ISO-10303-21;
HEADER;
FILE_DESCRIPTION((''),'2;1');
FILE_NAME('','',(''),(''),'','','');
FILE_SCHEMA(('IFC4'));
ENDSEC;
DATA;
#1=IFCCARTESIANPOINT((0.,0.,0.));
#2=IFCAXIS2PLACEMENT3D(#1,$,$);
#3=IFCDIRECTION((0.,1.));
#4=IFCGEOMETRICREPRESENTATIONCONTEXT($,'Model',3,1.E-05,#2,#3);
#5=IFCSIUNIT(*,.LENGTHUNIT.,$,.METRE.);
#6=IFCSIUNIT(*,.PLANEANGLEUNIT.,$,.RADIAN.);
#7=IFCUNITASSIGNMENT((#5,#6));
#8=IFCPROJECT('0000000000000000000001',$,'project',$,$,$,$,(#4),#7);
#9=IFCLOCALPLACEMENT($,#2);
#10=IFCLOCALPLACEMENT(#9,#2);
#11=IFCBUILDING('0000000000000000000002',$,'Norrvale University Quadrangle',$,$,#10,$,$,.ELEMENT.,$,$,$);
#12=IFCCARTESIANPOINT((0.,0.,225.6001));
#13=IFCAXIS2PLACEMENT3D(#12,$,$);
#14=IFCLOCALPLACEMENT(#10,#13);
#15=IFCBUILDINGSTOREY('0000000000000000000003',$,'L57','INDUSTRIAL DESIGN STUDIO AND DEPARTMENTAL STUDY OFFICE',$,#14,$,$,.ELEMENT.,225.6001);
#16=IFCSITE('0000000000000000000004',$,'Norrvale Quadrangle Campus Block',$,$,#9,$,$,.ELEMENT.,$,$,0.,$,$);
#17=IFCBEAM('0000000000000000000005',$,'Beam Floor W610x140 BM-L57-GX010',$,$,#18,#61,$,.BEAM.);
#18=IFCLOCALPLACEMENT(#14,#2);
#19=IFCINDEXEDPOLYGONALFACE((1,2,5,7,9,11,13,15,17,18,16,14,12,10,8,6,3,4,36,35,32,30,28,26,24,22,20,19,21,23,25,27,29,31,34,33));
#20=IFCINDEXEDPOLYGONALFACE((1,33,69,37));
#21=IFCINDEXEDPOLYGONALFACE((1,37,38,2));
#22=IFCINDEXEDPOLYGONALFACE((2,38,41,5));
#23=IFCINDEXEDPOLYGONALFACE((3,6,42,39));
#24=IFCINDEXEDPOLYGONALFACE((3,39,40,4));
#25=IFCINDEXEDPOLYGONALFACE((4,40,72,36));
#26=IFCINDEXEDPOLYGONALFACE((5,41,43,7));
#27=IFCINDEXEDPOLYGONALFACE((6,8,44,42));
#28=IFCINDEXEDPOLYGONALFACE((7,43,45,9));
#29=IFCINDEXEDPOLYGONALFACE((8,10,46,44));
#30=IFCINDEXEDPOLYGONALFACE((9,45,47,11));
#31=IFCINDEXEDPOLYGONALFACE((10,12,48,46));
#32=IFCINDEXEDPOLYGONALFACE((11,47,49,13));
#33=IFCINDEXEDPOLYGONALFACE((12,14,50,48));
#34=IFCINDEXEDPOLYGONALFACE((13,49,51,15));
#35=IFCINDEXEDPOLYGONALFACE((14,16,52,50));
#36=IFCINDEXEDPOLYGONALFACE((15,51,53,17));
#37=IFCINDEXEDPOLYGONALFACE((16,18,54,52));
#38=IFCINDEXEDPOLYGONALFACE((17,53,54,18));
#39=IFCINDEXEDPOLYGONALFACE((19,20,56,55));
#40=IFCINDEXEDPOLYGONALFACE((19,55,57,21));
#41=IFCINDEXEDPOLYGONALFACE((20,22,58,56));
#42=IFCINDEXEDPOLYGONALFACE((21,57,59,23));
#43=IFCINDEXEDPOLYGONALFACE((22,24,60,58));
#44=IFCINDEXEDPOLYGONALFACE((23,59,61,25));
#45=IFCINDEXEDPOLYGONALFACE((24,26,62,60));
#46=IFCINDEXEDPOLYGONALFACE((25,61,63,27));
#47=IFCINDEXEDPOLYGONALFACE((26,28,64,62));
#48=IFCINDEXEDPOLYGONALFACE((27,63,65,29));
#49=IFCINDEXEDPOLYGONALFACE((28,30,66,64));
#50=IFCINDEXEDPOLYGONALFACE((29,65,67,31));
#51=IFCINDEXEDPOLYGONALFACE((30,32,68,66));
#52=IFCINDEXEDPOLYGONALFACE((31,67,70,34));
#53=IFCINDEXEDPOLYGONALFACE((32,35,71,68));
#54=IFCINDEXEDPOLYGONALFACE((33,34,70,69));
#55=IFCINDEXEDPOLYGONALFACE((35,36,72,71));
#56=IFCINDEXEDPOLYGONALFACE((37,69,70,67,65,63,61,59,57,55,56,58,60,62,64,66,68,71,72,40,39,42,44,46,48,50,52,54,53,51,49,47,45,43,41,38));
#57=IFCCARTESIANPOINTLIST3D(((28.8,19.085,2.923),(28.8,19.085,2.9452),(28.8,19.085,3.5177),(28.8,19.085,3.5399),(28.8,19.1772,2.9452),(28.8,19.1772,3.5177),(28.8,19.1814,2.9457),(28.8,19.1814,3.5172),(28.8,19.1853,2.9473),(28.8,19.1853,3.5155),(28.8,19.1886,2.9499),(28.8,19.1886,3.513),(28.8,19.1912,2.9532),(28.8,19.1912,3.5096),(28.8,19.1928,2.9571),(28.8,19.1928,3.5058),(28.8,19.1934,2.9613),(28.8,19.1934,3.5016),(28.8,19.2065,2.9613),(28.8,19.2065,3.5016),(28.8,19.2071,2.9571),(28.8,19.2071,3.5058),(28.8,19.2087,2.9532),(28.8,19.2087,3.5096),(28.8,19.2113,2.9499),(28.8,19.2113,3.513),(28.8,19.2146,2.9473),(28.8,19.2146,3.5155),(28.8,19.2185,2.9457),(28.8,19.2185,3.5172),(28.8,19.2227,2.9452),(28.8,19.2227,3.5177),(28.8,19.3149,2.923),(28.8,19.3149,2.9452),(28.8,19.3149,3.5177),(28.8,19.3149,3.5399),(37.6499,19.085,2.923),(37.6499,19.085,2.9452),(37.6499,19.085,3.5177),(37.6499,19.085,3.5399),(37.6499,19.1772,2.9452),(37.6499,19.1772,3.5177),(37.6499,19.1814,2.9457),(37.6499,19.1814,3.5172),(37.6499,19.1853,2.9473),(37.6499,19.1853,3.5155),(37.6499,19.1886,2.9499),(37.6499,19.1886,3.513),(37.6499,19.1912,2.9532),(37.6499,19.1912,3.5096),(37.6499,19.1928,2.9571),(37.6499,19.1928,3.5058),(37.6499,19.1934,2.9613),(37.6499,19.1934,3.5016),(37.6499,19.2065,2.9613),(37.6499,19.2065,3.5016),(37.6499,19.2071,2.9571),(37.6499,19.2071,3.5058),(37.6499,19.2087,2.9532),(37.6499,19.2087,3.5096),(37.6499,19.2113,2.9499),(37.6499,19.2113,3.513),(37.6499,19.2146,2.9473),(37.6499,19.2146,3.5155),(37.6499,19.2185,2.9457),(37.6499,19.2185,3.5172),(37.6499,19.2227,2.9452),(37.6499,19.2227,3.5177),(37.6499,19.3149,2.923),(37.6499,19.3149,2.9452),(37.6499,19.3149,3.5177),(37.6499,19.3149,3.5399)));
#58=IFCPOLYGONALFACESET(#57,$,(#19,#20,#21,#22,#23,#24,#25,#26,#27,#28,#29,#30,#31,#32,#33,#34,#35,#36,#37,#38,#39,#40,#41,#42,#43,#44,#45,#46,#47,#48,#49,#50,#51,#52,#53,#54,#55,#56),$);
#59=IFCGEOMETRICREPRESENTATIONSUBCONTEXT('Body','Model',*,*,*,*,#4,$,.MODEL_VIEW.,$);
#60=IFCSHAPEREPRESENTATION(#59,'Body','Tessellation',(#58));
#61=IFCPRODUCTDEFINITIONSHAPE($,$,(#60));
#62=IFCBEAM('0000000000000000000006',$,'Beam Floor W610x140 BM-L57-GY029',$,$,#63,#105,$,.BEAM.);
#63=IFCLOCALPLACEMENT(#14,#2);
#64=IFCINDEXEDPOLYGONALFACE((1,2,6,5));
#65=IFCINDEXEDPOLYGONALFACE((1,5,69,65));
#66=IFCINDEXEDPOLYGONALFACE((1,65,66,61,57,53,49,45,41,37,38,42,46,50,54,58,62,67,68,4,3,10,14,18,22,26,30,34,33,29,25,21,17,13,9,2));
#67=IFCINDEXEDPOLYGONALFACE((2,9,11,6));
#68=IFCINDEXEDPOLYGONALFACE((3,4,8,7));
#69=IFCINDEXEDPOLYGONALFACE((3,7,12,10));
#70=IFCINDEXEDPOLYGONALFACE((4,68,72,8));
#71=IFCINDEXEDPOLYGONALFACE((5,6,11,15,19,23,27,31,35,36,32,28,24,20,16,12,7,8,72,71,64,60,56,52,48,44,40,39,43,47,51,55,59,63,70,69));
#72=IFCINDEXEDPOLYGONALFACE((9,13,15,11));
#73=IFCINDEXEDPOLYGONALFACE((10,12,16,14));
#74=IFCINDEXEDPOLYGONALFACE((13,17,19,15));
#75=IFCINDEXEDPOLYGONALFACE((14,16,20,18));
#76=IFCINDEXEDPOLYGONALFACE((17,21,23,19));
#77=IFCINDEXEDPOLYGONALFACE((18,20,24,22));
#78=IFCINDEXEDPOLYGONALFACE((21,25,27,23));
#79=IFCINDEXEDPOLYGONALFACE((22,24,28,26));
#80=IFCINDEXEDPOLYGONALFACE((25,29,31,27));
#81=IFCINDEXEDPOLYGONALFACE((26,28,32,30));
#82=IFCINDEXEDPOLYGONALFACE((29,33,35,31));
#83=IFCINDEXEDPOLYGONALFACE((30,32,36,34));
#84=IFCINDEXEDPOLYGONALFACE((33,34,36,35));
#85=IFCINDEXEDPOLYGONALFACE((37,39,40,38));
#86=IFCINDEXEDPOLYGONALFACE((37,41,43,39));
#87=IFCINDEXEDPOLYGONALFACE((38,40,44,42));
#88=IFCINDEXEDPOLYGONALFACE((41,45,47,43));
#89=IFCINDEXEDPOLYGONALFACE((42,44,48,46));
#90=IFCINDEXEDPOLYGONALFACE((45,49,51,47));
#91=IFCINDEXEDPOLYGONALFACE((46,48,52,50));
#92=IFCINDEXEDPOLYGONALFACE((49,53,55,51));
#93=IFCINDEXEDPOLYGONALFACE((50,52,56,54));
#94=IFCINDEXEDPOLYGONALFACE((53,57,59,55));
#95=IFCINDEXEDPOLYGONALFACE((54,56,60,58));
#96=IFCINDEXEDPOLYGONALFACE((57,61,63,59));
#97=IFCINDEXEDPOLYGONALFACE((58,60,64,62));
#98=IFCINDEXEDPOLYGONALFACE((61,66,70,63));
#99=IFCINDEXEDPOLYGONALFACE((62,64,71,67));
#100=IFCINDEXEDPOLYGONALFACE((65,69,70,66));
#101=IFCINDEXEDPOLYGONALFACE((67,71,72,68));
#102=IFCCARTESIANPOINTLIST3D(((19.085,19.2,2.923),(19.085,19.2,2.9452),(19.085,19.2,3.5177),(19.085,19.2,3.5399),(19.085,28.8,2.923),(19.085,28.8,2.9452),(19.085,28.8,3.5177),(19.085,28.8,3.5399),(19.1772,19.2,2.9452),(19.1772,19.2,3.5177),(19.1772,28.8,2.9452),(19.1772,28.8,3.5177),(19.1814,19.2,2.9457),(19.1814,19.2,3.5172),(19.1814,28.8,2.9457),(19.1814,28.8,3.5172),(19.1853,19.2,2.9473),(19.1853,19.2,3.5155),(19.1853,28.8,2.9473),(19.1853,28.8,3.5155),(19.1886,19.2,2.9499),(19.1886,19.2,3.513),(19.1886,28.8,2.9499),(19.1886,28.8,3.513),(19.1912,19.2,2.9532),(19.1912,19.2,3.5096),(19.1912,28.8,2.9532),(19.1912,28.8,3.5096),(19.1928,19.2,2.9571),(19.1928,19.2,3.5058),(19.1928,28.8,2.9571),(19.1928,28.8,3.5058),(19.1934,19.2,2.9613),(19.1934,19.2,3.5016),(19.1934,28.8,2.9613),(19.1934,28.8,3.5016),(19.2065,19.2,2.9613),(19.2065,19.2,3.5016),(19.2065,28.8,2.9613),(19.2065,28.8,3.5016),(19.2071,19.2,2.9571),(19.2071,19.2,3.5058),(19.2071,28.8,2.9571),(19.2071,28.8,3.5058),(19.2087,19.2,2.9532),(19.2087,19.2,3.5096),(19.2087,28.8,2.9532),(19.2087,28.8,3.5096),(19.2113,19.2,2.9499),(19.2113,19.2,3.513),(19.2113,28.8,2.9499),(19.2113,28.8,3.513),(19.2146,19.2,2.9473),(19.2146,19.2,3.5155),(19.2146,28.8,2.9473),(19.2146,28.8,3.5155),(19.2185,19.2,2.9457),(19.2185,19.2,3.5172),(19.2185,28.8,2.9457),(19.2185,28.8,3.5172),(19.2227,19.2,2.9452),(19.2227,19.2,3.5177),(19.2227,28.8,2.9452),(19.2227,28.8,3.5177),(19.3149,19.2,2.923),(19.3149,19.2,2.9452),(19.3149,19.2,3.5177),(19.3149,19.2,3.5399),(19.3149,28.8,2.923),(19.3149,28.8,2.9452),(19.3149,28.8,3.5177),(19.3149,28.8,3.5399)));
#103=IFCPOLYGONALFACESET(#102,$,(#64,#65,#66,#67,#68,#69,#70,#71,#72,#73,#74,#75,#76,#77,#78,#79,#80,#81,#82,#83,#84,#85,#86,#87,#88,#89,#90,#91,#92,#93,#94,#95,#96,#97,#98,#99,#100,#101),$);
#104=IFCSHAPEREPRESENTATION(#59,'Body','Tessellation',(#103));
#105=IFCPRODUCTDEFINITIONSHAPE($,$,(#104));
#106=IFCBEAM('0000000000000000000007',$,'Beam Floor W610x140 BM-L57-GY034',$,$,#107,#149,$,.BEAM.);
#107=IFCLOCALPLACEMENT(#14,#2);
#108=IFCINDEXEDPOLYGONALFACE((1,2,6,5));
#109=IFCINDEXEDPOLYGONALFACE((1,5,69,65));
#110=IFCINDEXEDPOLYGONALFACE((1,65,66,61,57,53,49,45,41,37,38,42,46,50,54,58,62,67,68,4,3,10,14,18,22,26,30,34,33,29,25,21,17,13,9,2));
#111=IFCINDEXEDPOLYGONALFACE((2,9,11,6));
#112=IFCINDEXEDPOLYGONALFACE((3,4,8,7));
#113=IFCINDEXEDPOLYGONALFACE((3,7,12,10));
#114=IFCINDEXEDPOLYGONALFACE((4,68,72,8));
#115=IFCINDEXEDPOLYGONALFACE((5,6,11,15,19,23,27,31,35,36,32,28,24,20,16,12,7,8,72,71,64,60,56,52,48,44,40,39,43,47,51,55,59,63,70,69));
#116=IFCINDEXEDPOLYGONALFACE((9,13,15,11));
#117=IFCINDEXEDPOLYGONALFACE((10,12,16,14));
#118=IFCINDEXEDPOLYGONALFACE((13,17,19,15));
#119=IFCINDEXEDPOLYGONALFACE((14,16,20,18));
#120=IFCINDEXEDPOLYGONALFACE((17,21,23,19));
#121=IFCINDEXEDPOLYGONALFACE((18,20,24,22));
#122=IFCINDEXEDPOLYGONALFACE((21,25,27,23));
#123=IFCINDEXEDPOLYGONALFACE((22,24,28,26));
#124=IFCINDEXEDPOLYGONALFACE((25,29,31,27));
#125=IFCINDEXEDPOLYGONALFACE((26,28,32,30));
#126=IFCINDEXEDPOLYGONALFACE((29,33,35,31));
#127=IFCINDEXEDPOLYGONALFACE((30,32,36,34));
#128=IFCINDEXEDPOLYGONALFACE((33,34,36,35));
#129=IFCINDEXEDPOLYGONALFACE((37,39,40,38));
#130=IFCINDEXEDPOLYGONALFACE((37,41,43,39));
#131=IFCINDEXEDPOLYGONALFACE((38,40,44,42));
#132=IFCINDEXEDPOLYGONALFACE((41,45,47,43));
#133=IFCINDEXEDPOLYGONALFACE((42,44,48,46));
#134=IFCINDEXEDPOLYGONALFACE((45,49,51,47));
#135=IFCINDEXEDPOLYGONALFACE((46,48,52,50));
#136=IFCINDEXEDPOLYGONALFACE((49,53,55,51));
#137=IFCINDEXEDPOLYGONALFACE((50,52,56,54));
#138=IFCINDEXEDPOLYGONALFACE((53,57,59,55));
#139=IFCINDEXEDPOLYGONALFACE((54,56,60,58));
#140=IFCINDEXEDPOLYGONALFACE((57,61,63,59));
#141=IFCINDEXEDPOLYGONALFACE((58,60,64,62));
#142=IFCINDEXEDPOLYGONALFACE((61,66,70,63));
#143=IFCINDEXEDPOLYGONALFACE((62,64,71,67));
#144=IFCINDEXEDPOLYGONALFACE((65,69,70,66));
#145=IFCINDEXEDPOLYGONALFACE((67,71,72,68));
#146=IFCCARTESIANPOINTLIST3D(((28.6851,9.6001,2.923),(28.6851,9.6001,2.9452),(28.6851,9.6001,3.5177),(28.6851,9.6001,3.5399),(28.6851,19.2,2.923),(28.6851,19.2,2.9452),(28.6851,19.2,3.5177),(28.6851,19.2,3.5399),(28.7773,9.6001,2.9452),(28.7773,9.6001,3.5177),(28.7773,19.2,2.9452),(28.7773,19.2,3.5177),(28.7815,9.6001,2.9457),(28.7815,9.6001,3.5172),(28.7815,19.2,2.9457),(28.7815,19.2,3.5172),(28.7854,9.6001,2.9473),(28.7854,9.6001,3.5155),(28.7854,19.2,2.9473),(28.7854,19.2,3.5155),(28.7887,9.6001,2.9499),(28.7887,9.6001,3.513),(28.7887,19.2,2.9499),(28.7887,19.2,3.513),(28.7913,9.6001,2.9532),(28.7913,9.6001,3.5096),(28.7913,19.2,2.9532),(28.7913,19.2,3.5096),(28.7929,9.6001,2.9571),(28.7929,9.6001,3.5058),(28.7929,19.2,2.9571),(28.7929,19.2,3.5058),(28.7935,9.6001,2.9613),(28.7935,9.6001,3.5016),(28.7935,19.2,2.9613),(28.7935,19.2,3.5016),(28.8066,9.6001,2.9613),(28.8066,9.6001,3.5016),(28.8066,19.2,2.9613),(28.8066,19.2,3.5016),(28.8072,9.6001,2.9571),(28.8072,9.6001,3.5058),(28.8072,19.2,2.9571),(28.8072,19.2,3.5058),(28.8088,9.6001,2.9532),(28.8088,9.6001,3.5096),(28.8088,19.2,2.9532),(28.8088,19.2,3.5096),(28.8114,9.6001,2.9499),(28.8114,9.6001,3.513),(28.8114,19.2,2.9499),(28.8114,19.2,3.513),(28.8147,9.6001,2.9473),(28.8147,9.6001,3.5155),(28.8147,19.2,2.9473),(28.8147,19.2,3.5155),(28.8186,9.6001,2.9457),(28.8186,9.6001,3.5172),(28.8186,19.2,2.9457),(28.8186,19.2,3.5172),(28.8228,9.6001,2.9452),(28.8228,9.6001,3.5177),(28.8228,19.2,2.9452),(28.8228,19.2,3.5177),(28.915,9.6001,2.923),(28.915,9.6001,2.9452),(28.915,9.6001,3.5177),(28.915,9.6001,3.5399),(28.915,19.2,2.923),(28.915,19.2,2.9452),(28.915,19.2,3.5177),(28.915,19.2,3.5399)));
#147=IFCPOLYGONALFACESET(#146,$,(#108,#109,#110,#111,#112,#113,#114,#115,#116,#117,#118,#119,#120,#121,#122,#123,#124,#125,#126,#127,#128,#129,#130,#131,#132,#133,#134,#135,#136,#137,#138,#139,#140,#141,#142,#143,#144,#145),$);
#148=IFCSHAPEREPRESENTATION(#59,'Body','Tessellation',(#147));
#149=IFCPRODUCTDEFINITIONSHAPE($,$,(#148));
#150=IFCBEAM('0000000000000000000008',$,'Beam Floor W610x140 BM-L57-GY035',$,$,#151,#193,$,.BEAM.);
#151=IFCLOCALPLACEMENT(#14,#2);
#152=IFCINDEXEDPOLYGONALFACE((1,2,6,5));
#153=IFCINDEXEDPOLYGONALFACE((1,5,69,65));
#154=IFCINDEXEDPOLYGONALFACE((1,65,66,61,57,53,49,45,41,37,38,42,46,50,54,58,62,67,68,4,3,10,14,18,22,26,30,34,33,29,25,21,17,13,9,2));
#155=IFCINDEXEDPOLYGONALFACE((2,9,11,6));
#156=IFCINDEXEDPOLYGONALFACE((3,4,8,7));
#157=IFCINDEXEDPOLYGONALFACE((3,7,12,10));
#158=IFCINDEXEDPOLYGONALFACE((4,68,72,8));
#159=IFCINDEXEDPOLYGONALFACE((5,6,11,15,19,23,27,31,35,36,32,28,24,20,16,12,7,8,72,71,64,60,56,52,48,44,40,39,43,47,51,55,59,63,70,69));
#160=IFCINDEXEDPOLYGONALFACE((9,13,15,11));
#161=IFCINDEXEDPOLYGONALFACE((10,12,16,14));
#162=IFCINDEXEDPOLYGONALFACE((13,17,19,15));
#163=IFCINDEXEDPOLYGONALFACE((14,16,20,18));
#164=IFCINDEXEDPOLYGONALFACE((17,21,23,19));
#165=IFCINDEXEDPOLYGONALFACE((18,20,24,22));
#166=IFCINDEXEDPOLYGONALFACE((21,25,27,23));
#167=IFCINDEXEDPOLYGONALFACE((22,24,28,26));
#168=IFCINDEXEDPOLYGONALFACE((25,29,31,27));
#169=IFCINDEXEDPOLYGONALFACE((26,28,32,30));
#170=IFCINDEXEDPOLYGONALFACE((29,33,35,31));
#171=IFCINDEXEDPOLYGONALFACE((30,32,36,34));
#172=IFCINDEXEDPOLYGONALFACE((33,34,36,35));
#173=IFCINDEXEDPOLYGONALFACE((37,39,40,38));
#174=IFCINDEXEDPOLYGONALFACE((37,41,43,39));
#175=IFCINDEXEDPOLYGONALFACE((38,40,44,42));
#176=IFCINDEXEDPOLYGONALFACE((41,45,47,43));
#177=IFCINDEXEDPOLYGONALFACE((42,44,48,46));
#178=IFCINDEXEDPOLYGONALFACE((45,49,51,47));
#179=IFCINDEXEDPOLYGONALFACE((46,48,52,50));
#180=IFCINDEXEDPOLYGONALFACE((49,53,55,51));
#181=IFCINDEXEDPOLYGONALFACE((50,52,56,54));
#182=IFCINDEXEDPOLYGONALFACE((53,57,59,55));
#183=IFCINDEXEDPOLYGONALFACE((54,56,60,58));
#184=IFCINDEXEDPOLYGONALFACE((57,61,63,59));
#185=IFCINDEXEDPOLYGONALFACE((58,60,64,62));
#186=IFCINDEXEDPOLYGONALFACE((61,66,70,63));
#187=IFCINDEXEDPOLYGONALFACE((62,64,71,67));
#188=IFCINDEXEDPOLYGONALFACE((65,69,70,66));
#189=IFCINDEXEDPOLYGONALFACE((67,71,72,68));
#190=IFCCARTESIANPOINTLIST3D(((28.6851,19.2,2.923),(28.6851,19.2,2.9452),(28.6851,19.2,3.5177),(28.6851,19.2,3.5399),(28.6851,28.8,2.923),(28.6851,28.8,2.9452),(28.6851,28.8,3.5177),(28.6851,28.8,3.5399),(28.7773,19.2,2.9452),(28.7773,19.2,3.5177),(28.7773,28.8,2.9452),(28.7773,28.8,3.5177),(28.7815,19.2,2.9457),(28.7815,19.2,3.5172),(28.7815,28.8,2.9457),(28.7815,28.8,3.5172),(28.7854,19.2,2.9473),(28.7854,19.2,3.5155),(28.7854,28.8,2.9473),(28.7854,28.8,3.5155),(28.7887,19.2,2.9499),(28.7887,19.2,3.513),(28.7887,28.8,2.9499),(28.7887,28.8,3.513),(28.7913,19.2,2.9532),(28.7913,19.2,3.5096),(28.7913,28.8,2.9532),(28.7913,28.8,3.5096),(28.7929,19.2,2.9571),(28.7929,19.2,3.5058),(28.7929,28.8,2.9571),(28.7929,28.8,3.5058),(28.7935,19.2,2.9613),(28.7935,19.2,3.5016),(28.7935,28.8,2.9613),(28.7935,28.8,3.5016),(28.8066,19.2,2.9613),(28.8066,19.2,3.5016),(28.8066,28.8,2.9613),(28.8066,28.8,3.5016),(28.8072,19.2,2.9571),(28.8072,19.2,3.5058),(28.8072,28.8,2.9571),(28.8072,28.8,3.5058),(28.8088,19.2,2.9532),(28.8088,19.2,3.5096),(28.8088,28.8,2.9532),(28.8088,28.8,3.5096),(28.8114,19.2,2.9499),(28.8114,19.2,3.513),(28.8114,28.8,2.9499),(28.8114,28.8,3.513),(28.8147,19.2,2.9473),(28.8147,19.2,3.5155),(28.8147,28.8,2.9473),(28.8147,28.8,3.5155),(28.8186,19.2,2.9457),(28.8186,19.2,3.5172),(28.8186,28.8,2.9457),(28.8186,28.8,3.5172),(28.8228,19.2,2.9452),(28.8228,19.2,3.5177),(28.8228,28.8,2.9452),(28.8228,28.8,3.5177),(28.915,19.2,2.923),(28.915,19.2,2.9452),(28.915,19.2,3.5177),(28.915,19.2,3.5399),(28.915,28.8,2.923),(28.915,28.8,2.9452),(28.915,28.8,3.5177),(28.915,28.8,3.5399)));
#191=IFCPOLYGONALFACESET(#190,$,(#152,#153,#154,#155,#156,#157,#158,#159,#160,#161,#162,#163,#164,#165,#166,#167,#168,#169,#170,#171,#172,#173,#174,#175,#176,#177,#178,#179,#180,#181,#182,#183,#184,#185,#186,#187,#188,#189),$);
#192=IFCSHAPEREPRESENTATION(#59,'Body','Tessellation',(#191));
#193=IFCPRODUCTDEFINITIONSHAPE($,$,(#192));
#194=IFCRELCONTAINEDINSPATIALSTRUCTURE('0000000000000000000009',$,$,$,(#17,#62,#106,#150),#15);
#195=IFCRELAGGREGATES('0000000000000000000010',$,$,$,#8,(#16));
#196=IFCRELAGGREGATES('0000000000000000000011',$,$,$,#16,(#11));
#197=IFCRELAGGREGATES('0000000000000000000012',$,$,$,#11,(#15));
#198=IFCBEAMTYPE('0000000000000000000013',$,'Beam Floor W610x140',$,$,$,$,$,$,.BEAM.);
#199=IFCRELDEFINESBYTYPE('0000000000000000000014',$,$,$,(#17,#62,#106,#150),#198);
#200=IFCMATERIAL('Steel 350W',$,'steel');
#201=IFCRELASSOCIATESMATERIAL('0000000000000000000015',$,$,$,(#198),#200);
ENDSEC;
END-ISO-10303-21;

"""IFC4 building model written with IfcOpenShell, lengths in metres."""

from ifc_helpers import new_model, si_unit, direction, frame, origin, origin_2d, place, context, subcontext, project, spatial, i_section, extrude, material, material_profile, profile_set, type_object, element, save


model = new_model("IFC4")

# Units and contexts
model_context = context("Model", 3, precision=1e-05, world=origin(), true_north=direction((0.0, 1.0)))
body_context = subcontext(model_context, "Body", "Model", "MODEL_VIEW")
ifc_project = project(units=[si_unit("LENGTHUNIT", "METRE"), si_unit("PLANEANGLEUNIT", "RADIAN")], contexts=[model_context])

# Site, building, storey
site_placement = place(None, origin())
site = spatial("IfcSite", under=ifc_project, at=site_placement, Name="Norrvale Quadrangle Campus Block", CompositionType="ELEMENT", RefElevation=0.0)
building_placement = place(site_placement, origin())
building = spatial("IfcBuilding", under=site, at=building_placement, Name="Norrvale University Quadrangle", CompositionType="ELEMENT")
storey_placement = place(building_placement, frame((0.0, 0.0, 225.6001)))
storey = spatial("IfcBuildingStorey", under=building, at=storey_placement, Name="L57", Description="INDUSTRIAL DESIGN STUDIO AND DEPARTMENTAL STUDY OFFICE", CompositionType="ELEMENT", Elevation=225.6001)

# Beams
ifc_material_1 = material(Name="Steel 350W", Category="steel")
ifc_material_profile_1 = material_profile(ifc_material_1, i_section(OverallWidth=0.23, OverallDepth=0.6169, WebThickness=0.0132, FlangeThickness=0.0222, FilletRadius=0.0161, at=origin_2d()), Name="Steel 350W")
ifc_profile_set_1 = profile_set([ifc_material_profile_1], Name="Steel 350W")
beam_type_1 = type_object("IfcBeamType", Name="Beam Floor W610x140", PredefinedType="BEAM", material=ifc_profile_set_1)
beam_1_placement = place(storey_placement, frame((28.8, 19.2, 3.2314), z_axis=(1.0, 0.0, 0.0), x_axis=(0.0, 1.0, 0.0)))
element("IfcBeam", 1, at=beam_1_placement, inside=storey, type_object=beam_type_1, Name="Beam Floor W610x140 BM-L57-GX010", PredefinedType="BEAM", context=body_context, shape_type="SweptSolid", body=[
    extrude(i_section(OverallWidth=0.23, OverallDepth=0.6169, WebThickness=0.0132, FlangeThickness=0.0222, FilletRadius=0.0161, at=origin_2d()), origin(), (0.0, 0.0, 1.0), 8.8499),
])
beam_2_placement = place(storey_placement, frame((19.2, 19.2, 3.2314), z_axis=(0.0, 1.0, 0.0), x_axis=(-1.0, 0.0, 0.0)))
element("IfcBeam", 2, at=beam_2_placement, inside=storey, type_object=beam_type_1, Name="Beam Floor W610x140 BM-L57-GY029", PredefinedType="BEAM", context=body_context, shape_type="SweptSolid", body=[
    extrude(i_section(OverallWidth=0.23, OverallDepth=0.6169, WebThickness=0.0132, FlangeThickness=0.0222, FilletRadius=0.0161, at=origin_2d()), origin(), (0.0, 0.0, 1.0), 9.6001),
])
beam_3_placement = place(storey_placement, frame((28.8, 9.6001, 3.2314), z_axis=(0.0, 1.0, 0.0), x_axis=(-1.0, 0.0, 0.0)))
element("IfcBeam", 3, at=beam_3_placement, inside=storey, type_object=beam_type_1, Name="Beam Floor W610x140 BM-L57-GY034", PredefinedType="BEAM", context=body_context, shape_type="SweptSolid", body=[
    extrude(i_section(OverallWidth=0.23, OverallDepth=0.6169, WebThickness=0.0132, FlangeThickness=0.0222, FilletRadius=0.0161, at=origin_2d()), origin(), (0.0, 0.0, 1.0), 9.5999),
])
beam_4_placement = place(storey_placement, frame((28.8, 19.2, 3.2314), z_axis=(0.0, 1.0, 0.0), x_axis=(-1.0, 0.0, 0.0)))
element("IfcBeam", 4, at=beam_4_placement, inside=storey, type_object=beam_type_1, Name="Beam Floor W610x140 BM-L57-GY035", PredefinedType="BEAM", context=body_context, shape_type="SweptSolid", body=[
    extrude(i_section(OverallWidth=0.23, OverallDepth=0.6169, WebThickness=0.0132, FlangeThickness=0.0222, FilletRadius=0.0161, at=origin_2d()), origin(), (0.0, 0.0, 1.0), 9.6001),
])

save(model, "model.ifc")
